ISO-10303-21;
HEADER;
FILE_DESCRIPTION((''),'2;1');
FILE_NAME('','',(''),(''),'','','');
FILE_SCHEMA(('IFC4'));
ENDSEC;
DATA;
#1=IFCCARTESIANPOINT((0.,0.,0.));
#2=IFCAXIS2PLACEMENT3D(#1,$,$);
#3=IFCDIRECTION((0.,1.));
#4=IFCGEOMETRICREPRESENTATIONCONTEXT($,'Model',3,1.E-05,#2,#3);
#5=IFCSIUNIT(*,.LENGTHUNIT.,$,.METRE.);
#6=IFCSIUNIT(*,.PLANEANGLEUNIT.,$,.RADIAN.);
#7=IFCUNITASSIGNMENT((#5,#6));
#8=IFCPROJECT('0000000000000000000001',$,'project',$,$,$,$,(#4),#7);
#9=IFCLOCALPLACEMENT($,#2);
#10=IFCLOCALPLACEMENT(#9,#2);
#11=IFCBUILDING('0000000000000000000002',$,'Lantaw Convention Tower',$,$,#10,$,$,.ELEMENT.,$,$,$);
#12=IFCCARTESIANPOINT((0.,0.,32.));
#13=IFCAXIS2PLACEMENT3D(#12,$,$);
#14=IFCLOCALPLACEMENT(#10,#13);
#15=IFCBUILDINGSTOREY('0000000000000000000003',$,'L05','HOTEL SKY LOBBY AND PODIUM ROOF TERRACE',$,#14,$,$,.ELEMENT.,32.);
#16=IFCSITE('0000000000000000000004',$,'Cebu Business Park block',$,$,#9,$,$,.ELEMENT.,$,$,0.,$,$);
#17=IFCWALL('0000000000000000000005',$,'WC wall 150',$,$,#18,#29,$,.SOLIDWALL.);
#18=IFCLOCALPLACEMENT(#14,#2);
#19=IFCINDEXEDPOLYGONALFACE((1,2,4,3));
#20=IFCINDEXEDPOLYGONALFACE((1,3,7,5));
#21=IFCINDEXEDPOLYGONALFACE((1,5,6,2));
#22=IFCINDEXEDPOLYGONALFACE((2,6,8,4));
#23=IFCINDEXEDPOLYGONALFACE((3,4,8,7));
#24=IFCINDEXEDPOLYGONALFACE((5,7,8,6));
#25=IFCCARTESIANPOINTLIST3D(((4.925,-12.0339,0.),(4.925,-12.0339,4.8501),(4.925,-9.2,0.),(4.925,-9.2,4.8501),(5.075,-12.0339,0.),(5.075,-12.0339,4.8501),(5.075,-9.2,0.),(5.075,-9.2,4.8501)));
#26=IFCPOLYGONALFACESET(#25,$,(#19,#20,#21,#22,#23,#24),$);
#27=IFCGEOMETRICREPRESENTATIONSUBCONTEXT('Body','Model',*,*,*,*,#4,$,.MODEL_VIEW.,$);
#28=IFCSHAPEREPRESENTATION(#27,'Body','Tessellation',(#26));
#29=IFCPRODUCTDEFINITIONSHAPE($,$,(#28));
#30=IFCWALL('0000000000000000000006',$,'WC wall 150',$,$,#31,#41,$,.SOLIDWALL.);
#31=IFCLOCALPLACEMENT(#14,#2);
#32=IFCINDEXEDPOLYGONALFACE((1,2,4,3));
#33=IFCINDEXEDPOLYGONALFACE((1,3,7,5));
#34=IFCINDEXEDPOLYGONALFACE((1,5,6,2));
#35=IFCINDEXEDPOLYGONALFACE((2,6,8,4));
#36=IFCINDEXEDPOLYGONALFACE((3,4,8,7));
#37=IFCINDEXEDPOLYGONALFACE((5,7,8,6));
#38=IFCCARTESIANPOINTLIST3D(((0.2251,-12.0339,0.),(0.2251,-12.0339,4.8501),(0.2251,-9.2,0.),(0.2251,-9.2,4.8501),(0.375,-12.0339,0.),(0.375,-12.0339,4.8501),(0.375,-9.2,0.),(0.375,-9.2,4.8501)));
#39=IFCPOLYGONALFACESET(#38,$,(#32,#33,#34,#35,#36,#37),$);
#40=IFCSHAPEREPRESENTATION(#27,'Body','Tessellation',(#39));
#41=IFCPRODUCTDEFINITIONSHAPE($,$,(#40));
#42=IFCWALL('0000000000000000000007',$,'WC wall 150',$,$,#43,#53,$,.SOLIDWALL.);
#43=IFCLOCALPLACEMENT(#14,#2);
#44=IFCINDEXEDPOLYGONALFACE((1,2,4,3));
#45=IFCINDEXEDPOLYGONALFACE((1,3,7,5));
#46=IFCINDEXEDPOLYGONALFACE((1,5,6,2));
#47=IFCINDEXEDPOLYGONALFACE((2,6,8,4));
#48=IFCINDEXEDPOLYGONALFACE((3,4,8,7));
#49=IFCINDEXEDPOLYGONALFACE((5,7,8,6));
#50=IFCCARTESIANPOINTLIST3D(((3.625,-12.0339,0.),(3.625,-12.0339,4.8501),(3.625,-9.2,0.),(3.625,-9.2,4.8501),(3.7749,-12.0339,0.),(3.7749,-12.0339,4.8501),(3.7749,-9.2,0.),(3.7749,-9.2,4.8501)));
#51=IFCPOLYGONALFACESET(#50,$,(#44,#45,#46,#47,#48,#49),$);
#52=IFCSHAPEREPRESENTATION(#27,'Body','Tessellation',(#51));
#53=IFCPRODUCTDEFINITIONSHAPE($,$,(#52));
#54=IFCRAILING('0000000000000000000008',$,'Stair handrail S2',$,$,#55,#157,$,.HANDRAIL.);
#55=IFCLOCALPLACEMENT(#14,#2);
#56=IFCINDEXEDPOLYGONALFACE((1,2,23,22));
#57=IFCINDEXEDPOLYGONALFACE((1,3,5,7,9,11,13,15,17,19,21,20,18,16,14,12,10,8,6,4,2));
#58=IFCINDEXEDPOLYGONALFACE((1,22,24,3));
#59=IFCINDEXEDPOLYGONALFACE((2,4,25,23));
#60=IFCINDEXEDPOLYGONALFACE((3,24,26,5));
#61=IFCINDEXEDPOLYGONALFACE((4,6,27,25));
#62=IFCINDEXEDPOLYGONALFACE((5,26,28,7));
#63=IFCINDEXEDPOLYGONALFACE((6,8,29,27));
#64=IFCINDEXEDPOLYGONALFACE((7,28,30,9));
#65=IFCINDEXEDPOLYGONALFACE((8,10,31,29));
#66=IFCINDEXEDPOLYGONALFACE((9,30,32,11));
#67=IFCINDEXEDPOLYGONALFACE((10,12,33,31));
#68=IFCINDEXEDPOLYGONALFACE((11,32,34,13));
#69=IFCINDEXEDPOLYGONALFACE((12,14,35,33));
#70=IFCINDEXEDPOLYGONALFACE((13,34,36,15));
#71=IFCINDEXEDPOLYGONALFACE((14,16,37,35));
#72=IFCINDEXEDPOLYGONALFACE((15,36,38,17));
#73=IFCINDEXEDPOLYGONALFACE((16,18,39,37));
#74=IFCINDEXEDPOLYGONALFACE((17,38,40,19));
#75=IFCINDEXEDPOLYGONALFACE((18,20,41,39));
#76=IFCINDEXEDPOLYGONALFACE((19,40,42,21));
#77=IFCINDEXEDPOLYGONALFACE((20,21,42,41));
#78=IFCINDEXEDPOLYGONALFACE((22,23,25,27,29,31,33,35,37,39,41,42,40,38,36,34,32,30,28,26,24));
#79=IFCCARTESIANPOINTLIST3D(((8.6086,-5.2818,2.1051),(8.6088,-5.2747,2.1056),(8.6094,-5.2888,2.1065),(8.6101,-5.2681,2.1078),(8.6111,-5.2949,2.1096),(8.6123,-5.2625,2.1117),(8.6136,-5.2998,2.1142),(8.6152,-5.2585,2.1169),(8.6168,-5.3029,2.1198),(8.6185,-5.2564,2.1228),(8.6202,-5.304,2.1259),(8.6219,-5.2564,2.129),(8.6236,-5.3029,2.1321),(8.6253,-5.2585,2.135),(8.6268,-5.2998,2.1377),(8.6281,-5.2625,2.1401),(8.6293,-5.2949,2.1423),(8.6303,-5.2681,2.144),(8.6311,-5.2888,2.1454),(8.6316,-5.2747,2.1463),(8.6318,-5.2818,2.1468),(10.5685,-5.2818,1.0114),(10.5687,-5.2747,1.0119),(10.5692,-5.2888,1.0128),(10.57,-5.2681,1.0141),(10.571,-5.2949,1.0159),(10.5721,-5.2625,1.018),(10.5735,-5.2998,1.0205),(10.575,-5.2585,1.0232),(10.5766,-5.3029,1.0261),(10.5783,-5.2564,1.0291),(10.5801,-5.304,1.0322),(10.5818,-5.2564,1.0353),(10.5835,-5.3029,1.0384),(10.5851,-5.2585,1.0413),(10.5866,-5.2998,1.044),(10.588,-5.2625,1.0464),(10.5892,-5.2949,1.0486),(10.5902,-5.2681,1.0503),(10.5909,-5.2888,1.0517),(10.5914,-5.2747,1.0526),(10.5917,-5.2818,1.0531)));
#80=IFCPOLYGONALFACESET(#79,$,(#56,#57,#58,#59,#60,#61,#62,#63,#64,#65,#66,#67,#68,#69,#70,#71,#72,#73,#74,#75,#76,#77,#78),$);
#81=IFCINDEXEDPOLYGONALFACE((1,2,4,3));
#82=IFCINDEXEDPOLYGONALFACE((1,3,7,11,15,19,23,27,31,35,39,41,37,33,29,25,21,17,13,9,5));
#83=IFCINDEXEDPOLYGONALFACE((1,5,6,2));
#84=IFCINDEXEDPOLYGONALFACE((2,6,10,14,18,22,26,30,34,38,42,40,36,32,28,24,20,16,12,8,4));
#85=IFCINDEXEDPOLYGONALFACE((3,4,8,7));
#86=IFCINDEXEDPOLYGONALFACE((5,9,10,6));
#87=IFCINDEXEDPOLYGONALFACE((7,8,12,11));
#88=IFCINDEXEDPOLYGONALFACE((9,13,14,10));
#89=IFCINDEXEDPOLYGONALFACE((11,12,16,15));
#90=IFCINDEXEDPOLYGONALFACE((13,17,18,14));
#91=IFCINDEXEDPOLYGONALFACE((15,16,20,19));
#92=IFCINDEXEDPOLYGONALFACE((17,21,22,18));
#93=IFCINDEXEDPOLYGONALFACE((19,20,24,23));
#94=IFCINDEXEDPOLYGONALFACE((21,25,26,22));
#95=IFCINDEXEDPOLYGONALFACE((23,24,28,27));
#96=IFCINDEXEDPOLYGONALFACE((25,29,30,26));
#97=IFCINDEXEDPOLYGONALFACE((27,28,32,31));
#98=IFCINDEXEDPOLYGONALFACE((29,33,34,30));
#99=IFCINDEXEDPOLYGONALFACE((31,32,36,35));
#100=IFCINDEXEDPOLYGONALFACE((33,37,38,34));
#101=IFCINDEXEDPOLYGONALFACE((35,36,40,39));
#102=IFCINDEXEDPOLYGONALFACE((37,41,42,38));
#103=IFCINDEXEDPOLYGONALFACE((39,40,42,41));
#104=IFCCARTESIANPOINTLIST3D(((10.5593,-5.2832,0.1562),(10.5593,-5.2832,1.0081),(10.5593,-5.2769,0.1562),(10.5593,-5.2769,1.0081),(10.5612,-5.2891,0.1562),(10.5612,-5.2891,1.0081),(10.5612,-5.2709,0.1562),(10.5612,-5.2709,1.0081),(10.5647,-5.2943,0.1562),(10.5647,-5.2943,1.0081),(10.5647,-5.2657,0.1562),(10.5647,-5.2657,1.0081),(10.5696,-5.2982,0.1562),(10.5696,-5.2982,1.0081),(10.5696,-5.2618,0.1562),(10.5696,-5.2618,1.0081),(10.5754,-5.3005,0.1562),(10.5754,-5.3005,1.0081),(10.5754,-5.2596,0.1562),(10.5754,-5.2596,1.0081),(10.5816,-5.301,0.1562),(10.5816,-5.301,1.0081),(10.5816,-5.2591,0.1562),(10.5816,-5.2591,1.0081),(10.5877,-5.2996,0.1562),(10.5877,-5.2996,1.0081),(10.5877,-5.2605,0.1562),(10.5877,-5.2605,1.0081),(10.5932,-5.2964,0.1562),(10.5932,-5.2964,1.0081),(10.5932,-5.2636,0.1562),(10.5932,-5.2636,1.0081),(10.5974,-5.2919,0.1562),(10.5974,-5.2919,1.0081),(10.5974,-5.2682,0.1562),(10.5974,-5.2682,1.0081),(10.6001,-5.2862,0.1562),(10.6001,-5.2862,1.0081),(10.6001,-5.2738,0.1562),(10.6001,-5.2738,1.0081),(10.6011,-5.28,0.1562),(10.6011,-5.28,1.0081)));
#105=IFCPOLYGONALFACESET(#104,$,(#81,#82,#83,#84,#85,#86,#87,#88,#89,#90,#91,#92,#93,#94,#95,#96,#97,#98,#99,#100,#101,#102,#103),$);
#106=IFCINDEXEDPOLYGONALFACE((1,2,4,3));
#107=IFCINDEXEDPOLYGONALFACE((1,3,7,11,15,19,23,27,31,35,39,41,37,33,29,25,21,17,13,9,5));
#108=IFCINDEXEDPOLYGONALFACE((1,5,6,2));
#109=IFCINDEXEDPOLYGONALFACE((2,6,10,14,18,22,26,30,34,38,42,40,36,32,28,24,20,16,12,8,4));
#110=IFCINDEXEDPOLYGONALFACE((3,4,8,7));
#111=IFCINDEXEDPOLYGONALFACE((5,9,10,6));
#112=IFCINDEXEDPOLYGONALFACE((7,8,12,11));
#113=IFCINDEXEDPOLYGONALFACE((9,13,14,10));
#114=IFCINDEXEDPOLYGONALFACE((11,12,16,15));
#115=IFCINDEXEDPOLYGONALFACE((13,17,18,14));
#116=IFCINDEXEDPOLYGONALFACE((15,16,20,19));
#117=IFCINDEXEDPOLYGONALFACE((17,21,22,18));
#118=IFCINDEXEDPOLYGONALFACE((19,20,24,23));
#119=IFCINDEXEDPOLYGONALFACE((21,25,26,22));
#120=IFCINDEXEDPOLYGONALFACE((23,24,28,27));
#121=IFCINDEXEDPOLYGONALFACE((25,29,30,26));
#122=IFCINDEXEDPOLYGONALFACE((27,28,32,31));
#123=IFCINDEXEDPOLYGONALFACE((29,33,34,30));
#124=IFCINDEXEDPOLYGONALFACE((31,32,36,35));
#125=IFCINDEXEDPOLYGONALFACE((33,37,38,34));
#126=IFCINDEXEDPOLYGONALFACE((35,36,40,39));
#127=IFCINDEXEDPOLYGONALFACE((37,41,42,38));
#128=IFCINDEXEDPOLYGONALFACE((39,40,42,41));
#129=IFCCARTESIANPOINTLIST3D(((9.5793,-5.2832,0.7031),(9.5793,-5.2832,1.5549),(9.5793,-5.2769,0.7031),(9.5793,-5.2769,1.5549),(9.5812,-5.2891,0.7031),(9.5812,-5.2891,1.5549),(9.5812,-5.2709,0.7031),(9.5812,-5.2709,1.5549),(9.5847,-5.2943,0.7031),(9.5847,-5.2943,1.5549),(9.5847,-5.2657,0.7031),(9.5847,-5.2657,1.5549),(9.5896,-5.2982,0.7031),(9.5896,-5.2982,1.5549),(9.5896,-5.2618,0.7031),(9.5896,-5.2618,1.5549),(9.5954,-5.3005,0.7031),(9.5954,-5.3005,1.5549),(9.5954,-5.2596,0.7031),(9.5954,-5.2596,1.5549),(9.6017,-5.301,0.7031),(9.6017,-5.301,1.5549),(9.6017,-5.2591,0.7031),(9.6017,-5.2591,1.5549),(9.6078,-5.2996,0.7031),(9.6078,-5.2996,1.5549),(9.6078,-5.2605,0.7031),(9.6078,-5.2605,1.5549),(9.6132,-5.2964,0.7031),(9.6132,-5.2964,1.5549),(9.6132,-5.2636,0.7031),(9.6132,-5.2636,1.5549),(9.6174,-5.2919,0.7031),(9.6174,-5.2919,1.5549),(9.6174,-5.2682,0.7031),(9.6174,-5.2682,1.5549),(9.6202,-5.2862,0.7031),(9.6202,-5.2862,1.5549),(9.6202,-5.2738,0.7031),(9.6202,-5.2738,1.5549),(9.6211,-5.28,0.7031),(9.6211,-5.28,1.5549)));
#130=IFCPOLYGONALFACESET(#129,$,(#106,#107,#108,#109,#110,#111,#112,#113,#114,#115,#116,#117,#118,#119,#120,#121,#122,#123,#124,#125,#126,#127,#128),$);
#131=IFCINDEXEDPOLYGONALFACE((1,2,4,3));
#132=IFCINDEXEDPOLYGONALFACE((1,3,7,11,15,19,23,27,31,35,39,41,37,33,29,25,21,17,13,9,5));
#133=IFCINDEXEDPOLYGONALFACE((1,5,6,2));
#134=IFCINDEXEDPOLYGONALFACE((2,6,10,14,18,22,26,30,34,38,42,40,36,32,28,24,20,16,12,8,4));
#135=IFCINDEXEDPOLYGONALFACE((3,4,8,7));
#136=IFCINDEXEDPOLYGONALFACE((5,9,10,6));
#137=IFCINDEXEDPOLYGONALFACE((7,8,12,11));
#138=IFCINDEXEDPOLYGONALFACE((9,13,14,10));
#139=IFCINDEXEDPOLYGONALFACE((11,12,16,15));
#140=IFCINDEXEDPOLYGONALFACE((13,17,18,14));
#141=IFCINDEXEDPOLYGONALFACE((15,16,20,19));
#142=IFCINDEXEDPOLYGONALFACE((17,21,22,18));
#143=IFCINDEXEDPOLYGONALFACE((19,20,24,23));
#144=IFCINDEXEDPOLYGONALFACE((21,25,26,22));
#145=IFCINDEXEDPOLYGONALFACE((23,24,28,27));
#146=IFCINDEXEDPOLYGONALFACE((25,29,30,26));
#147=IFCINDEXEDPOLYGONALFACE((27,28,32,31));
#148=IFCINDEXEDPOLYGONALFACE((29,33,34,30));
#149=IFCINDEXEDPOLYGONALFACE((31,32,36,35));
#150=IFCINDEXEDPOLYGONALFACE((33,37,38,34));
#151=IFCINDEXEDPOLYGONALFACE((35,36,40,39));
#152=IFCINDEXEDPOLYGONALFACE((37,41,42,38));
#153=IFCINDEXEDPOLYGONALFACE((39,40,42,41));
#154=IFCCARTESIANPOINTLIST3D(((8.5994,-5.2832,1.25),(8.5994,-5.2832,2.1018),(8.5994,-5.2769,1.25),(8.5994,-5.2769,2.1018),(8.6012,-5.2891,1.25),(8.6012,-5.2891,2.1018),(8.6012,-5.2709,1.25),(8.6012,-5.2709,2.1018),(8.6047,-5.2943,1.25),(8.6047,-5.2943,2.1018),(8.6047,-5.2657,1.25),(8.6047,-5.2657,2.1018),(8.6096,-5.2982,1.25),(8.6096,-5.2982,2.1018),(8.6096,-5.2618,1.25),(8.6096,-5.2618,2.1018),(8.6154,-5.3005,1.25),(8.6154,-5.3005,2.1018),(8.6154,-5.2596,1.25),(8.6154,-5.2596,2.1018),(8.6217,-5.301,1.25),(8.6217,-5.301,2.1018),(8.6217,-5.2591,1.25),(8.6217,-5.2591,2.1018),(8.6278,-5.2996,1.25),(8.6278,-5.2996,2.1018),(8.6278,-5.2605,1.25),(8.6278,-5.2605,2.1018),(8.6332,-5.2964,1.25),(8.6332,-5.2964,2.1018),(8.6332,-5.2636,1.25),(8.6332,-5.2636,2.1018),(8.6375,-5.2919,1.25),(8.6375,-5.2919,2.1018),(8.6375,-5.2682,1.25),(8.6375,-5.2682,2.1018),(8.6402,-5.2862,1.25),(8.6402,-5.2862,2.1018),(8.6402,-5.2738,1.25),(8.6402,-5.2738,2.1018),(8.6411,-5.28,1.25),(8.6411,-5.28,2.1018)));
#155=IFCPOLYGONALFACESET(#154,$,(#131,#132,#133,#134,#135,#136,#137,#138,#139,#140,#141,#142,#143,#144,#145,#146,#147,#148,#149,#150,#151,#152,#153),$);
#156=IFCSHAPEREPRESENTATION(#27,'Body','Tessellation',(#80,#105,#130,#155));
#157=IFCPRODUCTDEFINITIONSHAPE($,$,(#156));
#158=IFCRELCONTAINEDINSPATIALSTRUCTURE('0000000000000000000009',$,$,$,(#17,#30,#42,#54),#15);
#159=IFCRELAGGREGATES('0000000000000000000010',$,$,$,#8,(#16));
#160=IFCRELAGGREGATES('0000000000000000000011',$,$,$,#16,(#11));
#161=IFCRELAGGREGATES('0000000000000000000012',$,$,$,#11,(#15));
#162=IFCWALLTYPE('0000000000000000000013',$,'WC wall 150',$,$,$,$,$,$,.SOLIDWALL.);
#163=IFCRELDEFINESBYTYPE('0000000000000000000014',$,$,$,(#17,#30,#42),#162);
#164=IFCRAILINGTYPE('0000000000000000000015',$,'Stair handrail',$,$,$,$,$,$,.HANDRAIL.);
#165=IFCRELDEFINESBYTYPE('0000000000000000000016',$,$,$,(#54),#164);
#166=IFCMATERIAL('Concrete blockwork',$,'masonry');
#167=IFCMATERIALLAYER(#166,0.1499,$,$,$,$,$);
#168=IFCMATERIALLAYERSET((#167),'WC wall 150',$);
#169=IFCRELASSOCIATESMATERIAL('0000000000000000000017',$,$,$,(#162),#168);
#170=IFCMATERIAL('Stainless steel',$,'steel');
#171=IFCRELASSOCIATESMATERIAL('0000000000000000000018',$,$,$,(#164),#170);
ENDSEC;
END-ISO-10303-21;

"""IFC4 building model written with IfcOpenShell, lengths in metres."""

from ifc_helpers import new_model, si_unit, direction, frame, frame_2d, origin, origin_2d, place, context, subcontext, project, spatial, rectangle, circle, extrude, material, layer, layer_set, type_object, element, save


model = new_model("IFC4")

# Units and contexts
model_context = context("Model", 3, precision=1e-05, world=origin(), true_north=direction((0.0, 1.0)))
body_context = subcontext(model_context, "Body", "Model", "MODEL_VIEW")
ifc_project = project(units=[si_unit("LENGTHUNIT", "METRE"), si_unit("PLANEANGLEUNIT", "RADIAN")], contexts=[model_context])

# Site, building, storey
site_placement = place(None, origin())
site = spatial("IfcSite", under=ifc_project, at=site_placement, Name="Cebu Business Park block", CompositionType="ELEMENT", RefElevation=0.0)
building_placement = place(site_placement, origin())
building = spatial("IfcBuilding", under=site, at=building_placement, Name="Lantaw Convention Tower", CompositionType="ELEMENT")
storey_placement = place(building_placement, frame((0.0, 0.0, 32.0)))
storey = spatial("IfcBuildingStorey", under=building, at=storey_placement, Name="L05", Description="HOTEL SKY LOBBY AND PODIUM ROOF TERRACE", CompositionType="ELEMENT", Elevation=32.0)

# Walls
ifc_material_1 = material(Name="Concrete blockwork", Category="masonry")
ifc_layer_1 = layer(ifc_material_1, 0.1499)
ifc_layer_set_1 = layer_set([ifc_layer_1], Name="WC wall 150")
wall_type_1 = type_object("IfcWallType", Name="WC wall 150", PredefinedType="SOLIDWALL", material=ifc_layer_set_1)
for number, where, z_axis, x_axis, name in (
    (1, (5.0, -9.2, 0.0), (0.0, 0.0, 1.0), (0.0, -1.0, 0.0), "WC wall 150"),
    (2, (0.3, -9.2, 0.0), (0.0, 0.0, 1.0), (0.0, -1.0, 0.0), "WC wall 150"),
    (3, (3.7, -9.2, 0.0), (0.0, 0.0, 1.0), (0.0, -1.0, 0.0), "WC wall 150"),
):
    element("IfcWall", number, at=place(storey_placement, frame(where, z_axis=z_axis, x_axis=x_axis)), inside=storey, type_object=wall_type_1, Name=name, PredefinedType="SOLIDWALL", context=body_context, shape_type="SweptSolid", body=[
        extrude(rectangle(XDim=2.834, YDim=0.1499, at=frame_2d((1.417, 0.0))), origin(), (0.0, 0.0, 1.0), 4.8501),
    ])

# Railing
ifc_material_2 = material(Name="Stainless steel", Category="steel")
railing_type = type_object("IfcRailingType", Name="Stair handrail", PredefinedType="HANDRAIL", material=ifc_material_2)
railing_1_placement = place(storey_placement, frame((10.5801, -5.28, 0.1562)))
element("IfcRailing", 4, at=railing_1_placement, inside=storey, type_object=railing_type, Name="Stair handrail S2", PredefinedType="HANDRAIL", context=body_context, shape_type="SweptSolid", body=[
    extrude(circle(Radius=0.0239, at=origin_2d()), frame((0.0, 0.0, 0.876), z_axis=(-0.873232, 0.0, 0.487304), x_axis=(0.0, -1.0, 0.0)), (0.0, 0.0, 1.0), 2.2444),
    extrude(circle(Radius=0.021, at=origin_2d()), origin(), (0.0, 0.0, 1.0), 0.8518),
    extrude(circle(Radius=0.021, at=origin_2d()), frame((-0.98, 0.0, 0.5469)), (0.0, 0.0, 1.0), 0.8518),
    extrude(circle(Radius=0.021, at=origin_2d()), frame((-1.96, 0.0, 1.0938)), (0.0, 0.0, 1.0), 0.8518),
])

save(model, "model.ifc")
